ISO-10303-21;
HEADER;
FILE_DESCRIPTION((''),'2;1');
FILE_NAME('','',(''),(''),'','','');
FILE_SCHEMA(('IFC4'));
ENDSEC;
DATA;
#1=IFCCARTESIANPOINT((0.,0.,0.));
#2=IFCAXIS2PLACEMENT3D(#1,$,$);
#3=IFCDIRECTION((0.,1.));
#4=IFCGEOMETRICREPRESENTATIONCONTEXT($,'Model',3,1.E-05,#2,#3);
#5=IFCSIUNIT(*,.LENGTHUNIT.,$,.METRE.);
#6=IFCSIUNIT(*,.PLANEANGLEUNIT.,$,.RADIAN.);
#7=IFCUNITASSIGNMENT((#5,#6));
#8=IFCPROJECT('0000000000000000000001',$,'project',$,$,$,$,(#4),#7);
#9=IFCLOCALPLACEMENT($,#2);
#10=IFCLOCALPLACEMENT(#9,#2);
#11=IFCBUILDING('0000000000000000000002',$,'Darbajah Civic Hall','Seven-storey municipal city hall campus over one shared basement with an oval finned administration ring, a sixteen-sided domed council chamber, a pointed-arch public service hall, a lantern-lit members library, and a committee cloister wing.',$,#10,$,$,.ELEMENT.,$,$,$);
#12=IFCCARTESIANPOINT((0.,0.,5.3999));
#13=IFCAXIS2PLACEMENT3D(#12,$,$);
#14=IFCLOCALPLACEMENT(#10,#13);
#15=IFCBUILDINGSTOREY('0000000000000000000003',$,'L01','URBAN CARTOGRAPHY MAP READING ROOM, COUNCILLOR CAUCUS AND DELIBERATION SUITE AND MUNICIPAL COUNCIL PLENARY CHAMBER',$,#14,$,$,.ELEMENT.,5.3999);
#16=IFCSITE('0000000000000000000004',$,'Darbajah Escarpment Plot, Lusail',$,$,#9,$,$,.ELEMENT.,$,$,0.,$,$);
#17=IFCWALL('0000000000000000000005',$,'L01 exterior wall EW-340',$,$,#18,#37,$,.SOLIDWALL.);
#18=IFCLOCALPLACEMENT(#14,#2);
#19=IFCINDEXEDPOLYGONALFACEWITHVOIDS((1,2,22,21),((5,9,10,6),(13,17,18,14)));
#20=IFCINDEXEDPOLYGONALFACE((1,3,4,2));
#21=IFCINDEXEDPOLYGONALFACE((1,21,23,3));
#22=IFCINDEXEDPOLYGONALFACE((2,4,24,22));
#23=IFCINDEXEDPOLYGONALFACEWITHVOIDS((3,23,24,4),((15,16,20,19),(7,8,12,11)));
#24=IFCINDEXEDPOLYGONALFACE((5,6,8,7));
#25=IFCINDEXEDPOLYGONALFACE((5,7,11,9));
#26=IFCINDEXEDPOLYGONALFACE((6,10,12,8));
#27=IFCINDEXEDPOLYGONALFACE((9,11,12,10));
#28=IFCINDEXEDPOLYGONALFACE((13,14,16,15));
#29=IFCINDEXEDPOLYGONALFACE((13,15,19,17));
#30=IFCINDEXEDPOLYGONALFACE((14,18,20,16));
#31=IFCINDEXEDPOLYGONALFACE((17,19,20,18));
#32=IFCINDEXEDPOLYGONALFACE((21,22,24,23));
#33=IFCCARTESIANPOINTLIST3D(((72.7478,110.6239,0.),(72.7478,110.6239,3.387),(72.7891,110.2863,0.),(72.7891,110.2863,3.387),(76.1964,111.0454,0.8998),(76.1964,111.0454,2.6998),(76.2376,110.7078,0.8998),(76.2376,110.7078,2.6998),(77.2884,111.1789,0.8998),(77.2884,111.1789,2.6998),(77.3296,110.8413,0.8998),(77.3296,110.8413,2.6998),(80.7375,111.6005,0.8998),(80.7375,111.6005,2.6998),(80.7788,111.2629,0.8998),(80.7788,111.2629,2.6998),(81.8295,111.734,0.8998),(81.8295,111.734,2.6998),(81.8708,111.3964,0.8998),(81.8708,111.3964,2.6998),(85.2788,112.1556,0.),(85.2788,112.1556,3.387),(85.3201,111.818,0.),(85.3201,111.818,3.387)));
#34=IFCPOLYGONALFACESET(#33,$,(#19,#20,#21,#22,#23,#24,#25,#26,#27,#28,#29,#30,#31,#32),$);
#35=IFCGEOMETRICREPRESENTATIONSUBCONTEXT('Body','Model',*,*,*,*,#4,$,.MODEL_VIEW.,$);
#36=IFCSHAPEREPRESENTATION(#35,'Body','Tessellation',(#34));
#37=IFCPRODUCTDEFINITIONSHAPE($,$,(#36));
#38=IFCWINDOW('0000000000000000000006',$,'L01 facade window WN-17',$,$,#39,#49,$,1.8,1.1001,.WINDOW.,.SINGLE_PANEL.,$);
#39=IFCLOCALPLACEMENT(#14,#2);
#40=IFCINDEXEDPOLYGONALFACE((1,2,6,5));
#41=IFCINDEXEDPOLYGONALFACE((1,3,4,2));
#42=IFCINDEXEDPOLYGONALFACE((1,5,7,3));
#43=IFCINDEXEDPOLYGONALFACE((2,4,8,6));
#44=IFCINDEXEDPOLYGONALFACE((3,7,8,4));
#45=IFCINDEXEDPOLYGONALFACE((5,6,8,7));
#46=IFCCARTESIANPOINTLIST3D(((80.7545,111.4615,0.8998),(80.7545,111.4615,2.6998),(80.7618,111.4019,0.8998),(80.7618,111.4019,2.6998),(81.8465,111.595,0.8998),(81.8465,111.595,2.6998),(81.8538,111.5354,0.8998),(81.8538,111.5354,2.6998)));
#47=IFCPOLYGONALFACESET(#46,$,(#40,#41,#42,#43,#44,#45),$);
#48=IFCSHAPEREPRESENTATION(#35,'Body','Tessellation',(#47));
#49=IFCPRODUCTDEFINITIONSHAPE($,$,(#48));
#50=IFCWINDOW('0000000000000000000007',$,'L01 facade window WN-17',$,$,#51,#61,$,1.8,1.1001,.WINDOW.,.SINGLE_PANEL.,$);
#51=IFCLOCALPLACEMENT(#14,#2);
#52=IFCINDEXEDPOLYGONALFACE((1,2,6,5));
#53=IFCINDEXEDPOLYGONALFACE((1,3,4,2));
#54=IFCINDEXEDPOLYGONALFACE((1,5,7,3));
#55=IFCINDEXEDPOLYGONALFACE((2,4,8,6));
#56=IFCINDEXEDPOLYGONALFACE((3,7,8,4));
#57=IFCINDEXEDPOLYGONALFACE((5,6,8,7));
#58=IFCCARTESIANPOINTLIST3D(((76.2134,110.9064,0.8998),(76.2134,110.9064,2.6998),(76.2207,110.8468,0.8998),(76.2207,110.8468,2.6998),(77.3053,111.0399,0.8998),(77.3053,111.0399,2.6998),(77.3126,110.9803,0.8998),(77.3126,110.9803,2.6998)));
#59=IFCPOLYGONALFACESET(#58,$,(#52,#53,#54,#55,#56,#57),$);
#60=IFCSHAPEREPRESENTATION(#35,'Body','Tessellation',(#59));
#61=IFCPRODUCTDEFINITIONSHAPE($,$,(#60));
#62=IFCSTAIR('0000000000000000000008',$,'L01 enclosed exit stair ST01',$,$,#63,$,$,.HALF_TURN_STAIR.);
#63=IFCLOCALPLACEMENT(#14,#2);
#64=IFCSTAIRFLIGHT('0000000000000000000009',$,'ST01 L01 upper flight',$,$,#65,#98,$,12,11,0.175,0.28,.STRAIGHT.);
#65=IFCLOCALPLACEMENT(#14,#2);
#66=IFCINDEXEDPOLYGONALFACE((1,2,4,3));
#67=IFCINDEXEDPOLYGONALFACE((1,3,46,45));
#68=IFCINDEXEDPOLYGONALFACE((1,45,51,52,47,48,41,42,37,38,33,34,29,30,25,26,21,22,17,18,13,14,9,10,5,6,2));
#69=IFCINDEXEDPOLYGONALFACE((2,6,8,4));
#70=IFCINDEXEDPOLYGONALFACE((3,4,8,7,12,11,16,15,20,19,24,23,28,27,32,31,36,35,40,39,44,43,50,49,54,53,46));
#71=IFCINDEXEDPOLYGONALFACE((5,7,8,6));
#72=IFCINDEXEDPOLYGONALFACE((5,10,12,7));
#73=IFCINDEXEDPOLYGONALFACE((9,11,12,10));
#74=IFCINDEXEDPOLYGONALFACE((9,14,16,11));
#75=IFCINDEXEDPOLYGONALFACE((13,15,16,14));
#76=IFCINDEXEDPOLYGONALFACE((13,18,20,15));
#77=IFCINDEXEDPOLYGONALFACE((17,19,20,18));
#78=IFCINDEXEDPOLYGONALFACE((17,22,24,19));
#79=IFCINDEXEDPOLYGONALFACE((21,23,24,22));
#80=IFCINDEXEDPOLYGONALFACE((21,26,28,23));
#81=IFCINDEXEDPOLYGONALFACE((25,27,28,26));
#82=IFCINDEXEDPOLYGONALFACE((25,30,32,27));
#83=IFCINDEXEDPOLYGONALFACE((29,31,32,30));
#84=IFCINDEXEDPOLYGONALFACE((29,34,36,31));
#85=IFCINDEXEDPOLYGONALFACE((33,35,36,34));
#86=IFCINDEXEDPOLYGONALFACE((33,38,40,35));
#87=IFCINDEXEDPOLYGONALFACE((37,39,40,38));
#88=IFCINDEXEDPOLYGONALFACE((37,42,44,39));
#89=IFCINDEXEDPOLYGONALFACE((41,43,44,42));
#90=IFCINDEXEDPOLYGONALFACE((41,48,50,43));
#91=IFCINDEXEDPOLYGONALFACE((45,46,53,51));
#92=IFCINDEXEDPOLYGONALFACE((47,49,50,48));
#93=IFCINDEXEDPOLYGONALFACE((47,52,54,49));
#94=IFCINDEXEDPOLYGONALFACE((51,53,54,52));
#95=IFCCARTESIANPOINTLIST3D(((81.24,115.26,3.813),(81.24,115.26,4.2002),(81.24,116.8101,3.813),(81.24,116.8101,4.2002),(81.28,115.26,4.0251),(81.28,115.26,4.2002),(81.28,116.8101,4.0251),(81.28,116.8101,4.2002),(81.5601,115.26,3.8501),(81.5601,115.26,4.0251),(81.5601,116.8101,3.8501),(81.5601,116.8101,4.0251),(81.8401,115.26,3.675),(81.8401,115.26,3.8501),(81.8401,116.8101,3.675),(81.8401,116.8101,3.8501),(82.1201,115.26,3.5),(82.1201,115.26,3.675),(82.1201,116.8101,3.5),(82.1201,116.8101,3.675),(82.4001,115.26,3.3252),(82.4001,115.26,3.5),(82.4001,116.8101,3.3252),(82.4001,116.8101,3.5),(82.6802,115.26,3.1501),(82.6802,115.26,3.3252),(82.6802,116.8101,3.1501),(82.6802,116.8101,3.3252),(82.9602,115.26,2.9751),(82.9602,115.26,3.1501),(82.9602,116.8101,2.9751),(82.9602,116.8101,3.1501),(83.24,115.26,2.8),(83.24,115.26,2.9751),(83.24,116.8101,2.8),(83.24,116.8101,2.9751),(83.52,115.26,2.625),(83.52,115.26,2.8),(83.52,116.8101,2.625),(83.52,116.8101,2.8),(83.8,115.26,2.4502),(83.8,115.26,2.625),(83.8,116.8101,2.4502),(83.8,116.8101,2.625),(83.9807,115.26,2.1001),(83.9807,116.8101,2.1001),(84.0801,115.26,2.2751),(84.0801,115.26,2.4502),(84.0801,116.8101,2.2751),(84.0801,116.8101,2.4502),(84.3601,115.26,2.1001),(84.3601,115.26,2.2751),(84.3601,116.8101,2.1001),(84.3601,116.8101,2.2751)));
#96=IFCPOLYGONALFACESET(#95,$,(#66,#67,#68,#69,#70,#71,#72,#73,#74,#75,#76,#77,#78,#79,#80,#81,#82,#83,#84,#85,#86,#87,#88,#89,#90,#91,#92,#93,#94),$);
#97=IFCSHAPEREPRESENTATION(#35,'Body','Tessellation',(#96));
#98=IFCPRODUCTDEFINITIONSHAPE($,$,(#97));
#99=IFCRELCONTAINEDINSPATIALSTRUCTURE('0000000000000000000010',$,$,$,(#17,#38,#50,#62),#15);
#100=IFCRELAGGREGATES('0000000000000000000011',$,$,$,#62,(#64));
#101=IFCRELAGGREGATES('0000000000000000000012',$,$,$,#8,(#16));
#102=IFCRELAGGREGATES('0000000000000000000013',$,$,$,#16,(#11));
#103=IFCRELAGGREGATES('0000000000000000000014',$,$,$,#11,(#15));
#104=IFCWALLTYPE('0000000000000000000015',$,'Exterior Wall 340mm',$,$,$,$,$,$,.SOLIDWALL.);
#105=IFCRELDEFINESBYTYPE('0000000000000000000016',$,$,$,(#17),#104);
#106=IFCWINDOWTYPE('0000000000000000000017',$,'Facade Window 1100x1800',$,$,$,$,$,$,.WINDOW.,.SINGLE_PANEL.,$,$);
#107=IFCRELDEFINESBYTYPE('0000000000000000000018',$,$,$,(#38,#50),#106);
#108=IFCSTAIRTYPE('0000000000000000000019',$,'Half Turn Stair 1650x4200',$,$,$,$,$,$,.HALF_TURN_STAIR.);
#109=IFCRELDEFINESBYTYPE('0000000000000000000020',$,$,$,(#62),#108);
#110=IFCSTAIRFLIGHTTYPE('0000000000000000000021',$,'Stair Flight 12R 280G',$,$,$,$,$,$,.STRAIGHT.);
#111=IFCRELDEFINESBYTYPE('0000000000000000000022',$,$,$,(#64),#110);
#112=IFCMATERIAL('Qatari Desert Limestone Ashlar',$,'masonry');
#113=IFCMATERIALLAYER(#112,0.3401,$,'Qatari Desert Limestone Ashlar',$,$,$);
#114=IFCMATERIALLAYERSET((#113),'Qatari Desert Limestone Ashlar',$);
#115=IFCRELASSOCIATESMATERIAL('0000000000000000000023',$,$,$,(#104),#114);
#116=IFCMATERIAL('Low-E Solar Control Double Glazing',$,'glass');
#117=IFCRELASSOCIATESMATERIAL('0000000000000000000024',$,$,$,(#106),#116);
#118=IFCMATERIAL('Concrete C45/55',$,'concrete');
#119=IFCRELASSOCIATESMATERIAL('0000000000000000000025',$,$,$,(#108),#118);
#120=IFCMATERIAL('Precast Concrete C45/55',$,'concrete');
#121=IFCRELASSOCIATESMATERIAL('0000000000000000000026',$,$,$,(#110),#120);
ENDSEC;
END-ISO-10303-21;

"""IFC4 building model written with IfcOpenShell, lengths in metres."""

from ifc_helpers import new_model, si_unit, direction, frame, frame_2d, origin, place, context, subcontext, project, spatial, polyline, rectangle, outline, extrude, material, layer, layer_set, type_object, element, fill, aggregate, save


model = new_model("IFC4")

# Units and contexts
model_context = context("Model", 3, precision=1e-05, world=origin(), true_north=direction((0.0, 1.0)))
body_context = subcontext(model_context, "Body", "Model", "MODEL_VIEW")
ifc_project = project(units=[si_unit("LENGTHUNIT", "METRE"), si_unit("PLANEANGLEUNIT", "RADIAN")], contexts=[model_context])

# Site, building, storey
site_placement = place(None, origin())
site = spatial("IfcSite", under=ifc_project, at=site_placement, Name="Darbajah Escarpment Plot, Lusail", CompositionType="ELEMENT", RefElevation=0.0)
building_placement = place(site_placement, origin())
building = spatial("IfcBuilding", under=site, at=building_placement, Name="Darbajah Civic Hall", Description="Seven-storey municipal city hall campus over one shared basement with an oval finned administration ring, a sixteen-sided domed council chamber, a pointed-arch public service hall, a lantern-lit members library, and a committee cloister wing.", CompositionType="ELEMENT")
storey_placement = place(building_placement, frame((0.0, 0.0, 5.3999)))
storey = spatial("IfcBuildingStorey", under=building, at=storey_placement, Name="L01", Description="URBAN CARTOGRAPHY MAP READING ROOM, COUNCILLOR CAUCUS AND DELIBERATION SUITE AND MUNICIPAL COUNCIL PLENARY CHAMBER", CompositionType="ELEMENT", Elevation=5.3999)

# Shared definitions
ifc_material_1 = material(Name="Concrete C45/55", Category="concrete")

# Wall, openings, windows
ifc_material_2 = material(Name="Qatari Desert Limestone Ashlar", Category="masonry")
ifc_layer_1 = layer(ifc_material_2, 0.3401, Name="Qatari Desert Limestone Ashlar")
ifc_layer_set_1 = layer_set([ifc_layer_1], Name="Qatari Desert Limestone Ashlar")
wall_type_1 = type_object("IfcWallType", Name="Exterior Wall 340mm", PredefinedType="SOLIDWALL", material=ifc_layer_set_1)
wall_1_placement = place(storey_placement, frame((85.2993, 111.9868, 0.0), z_axis=(0.0, 0.0, 1.0), x_axis=(-0.992612, -0.121333, 0.0)))
wall_1 = element("IfcWall", 1, at=wall_1_placement, inside=storey, type_object=wall_type_1, Name="L01 exterior wall EW-340", PredefinedType="SOLIDWALL", context=body_context, shape_type="SweptSolid", body=[
    extrude(rectangle(XDim=12.6243, YDim=0.3401, at=frame_2d((6.312, 0.0))), origin(), (0.0, 0.0, 1.0), 3.387),
])
opening_1_placement = place(wall_1_placement, frame((3.4749, 0.0, 0.8999)))
opening_1 = element("IfcOpeningElement", 2, at=opening_1_placement, cuts=wall_1, PredefinedType="OPENING", context=body_context, shape_type="SweptSolid", body=[
    extrude(rectangle(XDim=1.1001, YDim=1.8, at=frame_2d((0.55, 0.8999))), frame((0.0, 0.1799, 0.0), z_axis=(0.0, -1.0, 0.0), x_axis=(1.0, 0.0, 0.0)), (0.0, 0.0, 1.0), 0.3601),
])
opening_2_placement = place(wall_1_placement, frame((8.0498, 0.0, 0.8999)))
opening_2 = element("IfcOpeningElement", 3, at=opening_2_placement, cuts=wall_1, PredefinedType="OPENING", context=body_context, shape_type="SweptSolid", body=[
    extrude(rectangle(XDim=1.1001, YDim=1.8, at=frame_2d((0.55, 0.8999))), frame((0.0, 0.1799, 0.0), z_axis=(0.0, -1.0, 0.0), x_axis=(1.0, 0.0, 0.0)), (0.0, 0.0, 1.0), 0.3601),
])
ifc_material_3 = material(Name="Low-E Solar Control Double Glazing", Category="glass")
window_type = type_object("IfcWindowType", Name="Facade Window 1100x1800", PartitioningType="SINGLE_PANEL", PredefinedType="WINDOW", material=ifc_material_3)
window_1_placement = place(opening_1_placement, origin())
window_1 = element("IfcWindow", 4, at=window_1_placement, inside=storey, type_object=window_type, Name="L01 facade window WN-17", OverallHeight=1.8, OverallWidth=1.1001, PartitioningType="SINGLE_PANEL", PredefinedType="WINDOW", context=body_context, shape_type="SweptSolid", body=[
    extrude(rectangle(XDim=1.1001, YDim=1.8, at=frame_2d((0.55, 0.8999))), frame((0.0, 0.03, 0.0), z_axis=(0.0, -1.0, 0.0), x_axis=(1.0, 0.0, 0.0)), (0.0, 0.0, 1.0), 0.0601),
])
fill(opening_1, window_1)
window_2_placement = place(opening_2_placement, origin())
window_2 = element("IfcWindow", 5, at=window_2_placement, inside=storey, type_object=window_type, Name="L01 facade window WN-17", OverallHeight=1.8, OverallWidth=1.1001, PartitioningType="SINGLE_PANEL", PredefinedType="WINDOW", context=body_context, shape_type="SweptSolid", body=[
    extrude(rectangle(XDim=1.1001, YDim=1.8, at=frame_2d((0.55, 0.8999))), frame((0.0, 0.03, 0.0), z_axis=(0.0, -1.0, 0.0), x_axis=(1.0, 0.0, 0.0)), (0.0, 0.0, 1.0), 0.0601),
])
fill(opening_2, window_2)

# Stair, stair flight
stair_type = type_object("IfcStairType", Name="Half Turn Stair 1650x4200", PredefinedType="HALF_TURN_STAIR", material=ifc_material_1)
stair_placement = place(storey_placement, origin())
stair = element("IfcStair", 6, at=stair_placement, inside=storey, type_object=stair_type, Name="L01 enclosed exit stair ST01", PredefinedType="HALF_TURN_STAIR")
ifc_material_4 = material(Name="Precast Concrete C45/55", Category="concrete")
stair_flight_type = type_object("IfcStairFlightType", Name="Stair Flight 12R 280G", PredefinedType="STRAIGHT", material=ifc_material_4)
stair_flight_placement = place(storey_placement, frame((84.3601, 116.0349, 2.1001), z_axis=(0.0, 0.0, 1.0), x_axis=(-1.0, 0.0, 0.0)))
stair_flight = element("IfcStairFlight", 7, at=stair_flight_placement, type_object=stair_flight_type, Name="ST01 L01 upper flight", NumberOfRisers=12, NumberOfTreads=11, PredefinedType="STRAIGHT", RiserHeight=0.175, TreadLength=0.28, context=body_context, shape_type="SweptSolid", body=[
    extrude(outline(polyline([(0.0, 0.0), (0.0, 0.175), (0.28, 0.175), (0.28, 0.3501), (0.5601, 0.3501), (0.5601, 0.5249), (0.8401, 0.5249), (0.8401, 0.7), (1.1201, 0.7), (1.1201, 0.875), (1.3999, 0.875), (1.3999, 1.05), (1.6799, 1.05), (1.6799, 1.2251), (1.96, 1.2251), (1.96, 1.3999), (2.24, 1.3999), (2.24, 1.575), (2.52, 1.575), (2.52, 1.75), (2.8, 1.75), (2.8, 1.925), (3.0801, 1.925), (3.0801, 2.1001), (3.1201, 2.1001), (3.1201, 1.7129), (0.3794, 0.0), (0.0, 0.0)])), frame((0.0, 0.7749, 0.0), z_axis=(0.0, -1.0, 0.0), x_axis=(1.0, 0.0, 0.0)), (0.0, 0.0, 1.0), 1.55),
])
aggregate(stair, [stair_flight])

save(model, "model.ifc")
